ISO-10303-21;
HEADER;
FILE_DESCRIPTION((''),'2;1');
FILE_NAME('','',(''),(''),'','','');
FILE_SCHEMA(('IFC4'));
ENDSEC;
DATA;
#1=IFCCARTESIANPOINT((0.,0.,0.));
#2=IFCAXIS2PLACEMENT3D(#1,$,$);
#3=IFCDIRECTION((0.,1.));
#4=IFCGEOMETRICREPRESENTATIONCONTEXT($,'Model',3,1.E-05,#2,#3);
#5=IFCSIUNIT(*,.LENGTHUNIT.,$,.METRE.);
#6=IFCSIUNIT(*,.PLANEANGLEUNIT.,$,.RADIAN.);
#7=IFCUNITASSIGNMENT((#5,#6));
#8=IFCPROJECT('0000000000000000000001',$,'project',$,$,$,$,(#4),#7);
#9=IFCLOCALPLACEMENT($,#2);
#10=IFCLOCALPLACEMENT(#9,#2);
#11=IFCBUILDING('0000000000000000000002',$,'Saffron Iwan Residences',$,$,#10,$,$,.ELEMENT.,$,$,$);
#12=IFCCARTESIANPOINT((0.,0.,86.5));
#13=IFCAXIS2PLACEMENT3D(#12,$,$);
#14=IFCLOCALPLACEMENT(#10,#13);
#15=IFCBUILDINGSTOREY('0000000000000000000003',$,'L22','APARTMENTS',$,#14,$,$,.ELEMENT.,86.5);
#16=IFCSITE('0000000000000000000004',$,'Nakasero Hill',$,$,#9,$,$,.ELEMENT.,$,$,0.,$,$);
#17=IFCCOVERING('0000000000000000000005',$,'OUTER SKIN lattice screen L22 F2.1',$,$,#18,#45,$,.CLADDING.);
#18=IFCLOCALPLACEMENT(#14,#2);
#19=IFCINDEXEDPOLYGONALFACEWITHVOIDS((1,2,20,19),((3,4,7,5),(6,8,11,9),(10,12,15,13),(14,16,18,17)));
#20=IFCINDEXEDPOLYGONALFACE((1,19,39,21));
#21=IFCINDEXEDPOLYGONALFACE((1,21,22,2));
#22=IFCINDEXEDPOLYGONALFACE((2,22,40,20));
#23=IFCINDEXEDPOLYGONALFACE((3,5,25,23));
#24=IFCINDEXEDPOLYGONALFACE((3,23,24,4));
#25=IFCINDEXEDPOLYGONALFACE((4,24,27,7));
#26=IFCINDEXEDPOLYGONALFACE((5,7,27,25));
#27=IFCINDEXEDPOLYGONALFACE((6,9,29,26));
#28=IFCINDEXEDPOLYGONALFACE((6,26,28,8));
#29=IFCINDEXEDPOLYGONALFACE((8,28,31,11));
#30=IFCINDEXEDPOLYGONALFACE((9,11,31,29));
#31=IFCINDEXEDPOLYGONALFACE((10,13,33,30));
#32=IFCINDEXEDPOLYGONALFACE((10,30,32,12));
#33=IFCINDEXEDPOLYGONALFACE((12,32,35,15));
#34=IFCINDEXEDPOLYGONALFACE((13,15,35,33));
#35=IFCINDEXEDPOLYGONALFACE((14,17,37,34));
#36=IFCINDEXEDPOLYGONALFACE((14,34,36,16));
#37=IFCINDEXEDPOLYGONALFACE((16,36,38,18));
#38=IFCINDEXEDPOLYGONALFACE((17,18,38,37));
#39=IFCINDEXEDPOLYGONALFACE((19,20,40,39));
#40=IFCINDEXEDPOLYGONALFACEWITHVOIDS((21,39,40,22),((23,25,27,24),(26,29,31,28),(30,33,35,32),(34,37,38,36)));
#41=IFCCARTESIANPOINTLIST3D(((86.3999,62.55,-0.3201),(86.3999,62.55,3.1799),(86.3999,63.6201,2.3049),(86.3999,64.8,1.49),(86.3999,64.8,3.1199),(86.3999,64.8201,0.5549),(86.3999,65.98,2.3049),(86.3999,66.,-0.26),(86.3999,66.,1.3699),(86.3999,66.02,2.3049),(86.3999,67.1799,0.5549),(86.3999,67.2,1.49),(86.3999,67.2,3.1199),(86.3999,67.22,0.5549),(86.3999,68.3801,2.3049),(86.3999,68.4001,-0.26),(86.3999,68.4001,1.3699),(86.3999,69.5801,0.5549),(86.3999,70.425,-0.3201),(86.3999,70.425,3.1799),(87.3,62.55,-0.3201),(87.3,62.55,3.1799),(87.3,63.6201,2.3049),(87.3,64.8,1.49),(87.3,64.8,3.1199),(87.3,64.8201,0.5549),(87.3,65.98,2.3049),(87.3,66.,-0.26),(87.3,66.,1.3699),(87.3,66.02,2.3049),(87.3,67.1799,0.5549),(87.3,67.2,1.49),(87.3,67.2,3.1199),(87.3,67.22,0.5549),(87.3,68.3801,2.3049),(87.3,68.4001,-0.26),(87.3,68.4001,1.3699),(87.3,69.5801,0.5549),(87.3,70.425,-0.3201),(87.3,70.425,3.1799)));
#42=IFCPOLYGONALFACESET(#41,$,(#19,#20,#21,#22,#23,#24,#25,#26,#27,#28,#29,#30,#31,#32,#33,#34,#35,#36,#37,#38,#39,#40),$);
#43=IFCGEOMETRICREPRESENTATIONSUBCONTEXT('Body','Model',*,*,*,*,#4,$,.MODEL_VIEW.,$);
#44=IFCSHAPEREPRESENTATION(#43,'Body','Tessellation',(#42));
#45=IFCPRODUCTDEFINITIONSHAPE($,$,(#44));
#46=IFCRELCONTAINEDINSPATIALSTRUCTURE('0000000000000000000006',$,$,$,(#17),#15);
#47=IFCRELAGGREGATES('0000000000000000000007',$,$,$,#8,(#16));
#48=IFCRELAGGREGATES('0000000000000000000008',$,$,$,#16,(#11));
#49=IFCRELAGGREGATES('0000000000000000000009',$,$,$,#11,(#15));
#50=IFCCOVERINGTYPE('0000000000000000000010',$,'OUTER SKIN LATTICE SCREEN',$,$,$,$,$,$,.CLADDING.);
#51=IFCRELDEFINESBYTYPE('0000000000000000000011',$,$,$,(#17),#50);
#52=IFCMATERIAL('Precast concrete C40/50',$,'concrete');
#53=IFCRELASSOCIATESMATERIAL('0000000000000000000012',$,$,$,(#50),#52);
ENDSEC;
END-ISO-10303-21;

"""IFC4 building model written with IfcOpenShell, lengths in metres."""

from ifc_helpers import new_model, si_unit, direction, frame, origin, place, context, subcontext, project, spatial, polyline, outline, extrude, material, type_object, element, save


model = new_model("IFC4")

# Units and contexts
model_context = context("Model", 3, precision=1e-05, world=origin(), true_north=direction((0.0, 1.0)))
body_context = subcontext(model_context, "Body", "Model", "MODEL_VIEW")
ifc_project = project(units=[si_unit("LENGTHUNIT", "METRE"), si_unit("PLANEANGLEUNIT", "RADIAN")], contexts=[model_context])

# Site, building, storey
site_placement = place(None, origin())
site = spatial("IfcSite", under=ifc_project, at=site_placement, Name="Nakasero Hill", CompositionType="ELEMENT", RefElevation=0.0)
building_placement = place(site_placement, origin())
building = spatial("IfcBuilding", under=site, at=building_placement, Name="Saffron Iwan Residences", CompositionType="ELEMENT")
storey_placement = place(building_placement, frame((0.0, 0.0, 86.5)))
storey = spatial("IfcBuildingStorey", under=building, at=storey_placement, Name="L22", Description="APARTMENTS", CompositionType="ELEMENT", Elevation=86.5)

# Covering
ifc_material_1 = material(Name="Precast concrete C40/50", Category="concrete")
covering_type = type_object("IfcCoveringType", Name="OUTER SKIN LATTICE SCREEN", PredefinedType="CLADDING", material=ifc_material_1)
covering_placement = place(storey_placement, frame((86.3999, 62.55, -0.3201), z_axis=(1.0, 0.0, 0.0), x_axis=(0.0, 1.0, 0.0)))
element("IfcCovering", 1, at=covering_placement, inside=storey, type_object=covering_type, Name="OUTER SKIN lattice screen L22 F2.1", PredefinedType="CLADDING", context=body_context, shape_type="SweptSolid", body=[
    extrude(outline(polyline([(0.0, 0.0), (7.875, 0.0), (7.875, 3.5), (0.0, 3.5), (0.0, 0.0)]), holes=[polyline([(2.27, 0.875), (3.45, 0.0601), (4.6299, 0.875), (3.45, 1.6899), (2.27, 0.875)]), polyline([(4.6699, 0.875), (5.8501, 0.0601), (7.03, 0.875), (5.8501, 1.6899), (4.6699, 0.875)]), polyline([(1.0701, 2.625), (2.25, 1.8101), (3.4299, 2.625), (2.25, 3.4399), (1.0701, 2.625)]), polyline([(3.47, 2.625), (4.6499, 1.8101), (5.8301, 2.625), (4.6499, 3.4399), (3.47, 2.625)])]), origin(), (0.0, 0.0, 1.0), 0.9001),
])

save(model, "model.ifc")
